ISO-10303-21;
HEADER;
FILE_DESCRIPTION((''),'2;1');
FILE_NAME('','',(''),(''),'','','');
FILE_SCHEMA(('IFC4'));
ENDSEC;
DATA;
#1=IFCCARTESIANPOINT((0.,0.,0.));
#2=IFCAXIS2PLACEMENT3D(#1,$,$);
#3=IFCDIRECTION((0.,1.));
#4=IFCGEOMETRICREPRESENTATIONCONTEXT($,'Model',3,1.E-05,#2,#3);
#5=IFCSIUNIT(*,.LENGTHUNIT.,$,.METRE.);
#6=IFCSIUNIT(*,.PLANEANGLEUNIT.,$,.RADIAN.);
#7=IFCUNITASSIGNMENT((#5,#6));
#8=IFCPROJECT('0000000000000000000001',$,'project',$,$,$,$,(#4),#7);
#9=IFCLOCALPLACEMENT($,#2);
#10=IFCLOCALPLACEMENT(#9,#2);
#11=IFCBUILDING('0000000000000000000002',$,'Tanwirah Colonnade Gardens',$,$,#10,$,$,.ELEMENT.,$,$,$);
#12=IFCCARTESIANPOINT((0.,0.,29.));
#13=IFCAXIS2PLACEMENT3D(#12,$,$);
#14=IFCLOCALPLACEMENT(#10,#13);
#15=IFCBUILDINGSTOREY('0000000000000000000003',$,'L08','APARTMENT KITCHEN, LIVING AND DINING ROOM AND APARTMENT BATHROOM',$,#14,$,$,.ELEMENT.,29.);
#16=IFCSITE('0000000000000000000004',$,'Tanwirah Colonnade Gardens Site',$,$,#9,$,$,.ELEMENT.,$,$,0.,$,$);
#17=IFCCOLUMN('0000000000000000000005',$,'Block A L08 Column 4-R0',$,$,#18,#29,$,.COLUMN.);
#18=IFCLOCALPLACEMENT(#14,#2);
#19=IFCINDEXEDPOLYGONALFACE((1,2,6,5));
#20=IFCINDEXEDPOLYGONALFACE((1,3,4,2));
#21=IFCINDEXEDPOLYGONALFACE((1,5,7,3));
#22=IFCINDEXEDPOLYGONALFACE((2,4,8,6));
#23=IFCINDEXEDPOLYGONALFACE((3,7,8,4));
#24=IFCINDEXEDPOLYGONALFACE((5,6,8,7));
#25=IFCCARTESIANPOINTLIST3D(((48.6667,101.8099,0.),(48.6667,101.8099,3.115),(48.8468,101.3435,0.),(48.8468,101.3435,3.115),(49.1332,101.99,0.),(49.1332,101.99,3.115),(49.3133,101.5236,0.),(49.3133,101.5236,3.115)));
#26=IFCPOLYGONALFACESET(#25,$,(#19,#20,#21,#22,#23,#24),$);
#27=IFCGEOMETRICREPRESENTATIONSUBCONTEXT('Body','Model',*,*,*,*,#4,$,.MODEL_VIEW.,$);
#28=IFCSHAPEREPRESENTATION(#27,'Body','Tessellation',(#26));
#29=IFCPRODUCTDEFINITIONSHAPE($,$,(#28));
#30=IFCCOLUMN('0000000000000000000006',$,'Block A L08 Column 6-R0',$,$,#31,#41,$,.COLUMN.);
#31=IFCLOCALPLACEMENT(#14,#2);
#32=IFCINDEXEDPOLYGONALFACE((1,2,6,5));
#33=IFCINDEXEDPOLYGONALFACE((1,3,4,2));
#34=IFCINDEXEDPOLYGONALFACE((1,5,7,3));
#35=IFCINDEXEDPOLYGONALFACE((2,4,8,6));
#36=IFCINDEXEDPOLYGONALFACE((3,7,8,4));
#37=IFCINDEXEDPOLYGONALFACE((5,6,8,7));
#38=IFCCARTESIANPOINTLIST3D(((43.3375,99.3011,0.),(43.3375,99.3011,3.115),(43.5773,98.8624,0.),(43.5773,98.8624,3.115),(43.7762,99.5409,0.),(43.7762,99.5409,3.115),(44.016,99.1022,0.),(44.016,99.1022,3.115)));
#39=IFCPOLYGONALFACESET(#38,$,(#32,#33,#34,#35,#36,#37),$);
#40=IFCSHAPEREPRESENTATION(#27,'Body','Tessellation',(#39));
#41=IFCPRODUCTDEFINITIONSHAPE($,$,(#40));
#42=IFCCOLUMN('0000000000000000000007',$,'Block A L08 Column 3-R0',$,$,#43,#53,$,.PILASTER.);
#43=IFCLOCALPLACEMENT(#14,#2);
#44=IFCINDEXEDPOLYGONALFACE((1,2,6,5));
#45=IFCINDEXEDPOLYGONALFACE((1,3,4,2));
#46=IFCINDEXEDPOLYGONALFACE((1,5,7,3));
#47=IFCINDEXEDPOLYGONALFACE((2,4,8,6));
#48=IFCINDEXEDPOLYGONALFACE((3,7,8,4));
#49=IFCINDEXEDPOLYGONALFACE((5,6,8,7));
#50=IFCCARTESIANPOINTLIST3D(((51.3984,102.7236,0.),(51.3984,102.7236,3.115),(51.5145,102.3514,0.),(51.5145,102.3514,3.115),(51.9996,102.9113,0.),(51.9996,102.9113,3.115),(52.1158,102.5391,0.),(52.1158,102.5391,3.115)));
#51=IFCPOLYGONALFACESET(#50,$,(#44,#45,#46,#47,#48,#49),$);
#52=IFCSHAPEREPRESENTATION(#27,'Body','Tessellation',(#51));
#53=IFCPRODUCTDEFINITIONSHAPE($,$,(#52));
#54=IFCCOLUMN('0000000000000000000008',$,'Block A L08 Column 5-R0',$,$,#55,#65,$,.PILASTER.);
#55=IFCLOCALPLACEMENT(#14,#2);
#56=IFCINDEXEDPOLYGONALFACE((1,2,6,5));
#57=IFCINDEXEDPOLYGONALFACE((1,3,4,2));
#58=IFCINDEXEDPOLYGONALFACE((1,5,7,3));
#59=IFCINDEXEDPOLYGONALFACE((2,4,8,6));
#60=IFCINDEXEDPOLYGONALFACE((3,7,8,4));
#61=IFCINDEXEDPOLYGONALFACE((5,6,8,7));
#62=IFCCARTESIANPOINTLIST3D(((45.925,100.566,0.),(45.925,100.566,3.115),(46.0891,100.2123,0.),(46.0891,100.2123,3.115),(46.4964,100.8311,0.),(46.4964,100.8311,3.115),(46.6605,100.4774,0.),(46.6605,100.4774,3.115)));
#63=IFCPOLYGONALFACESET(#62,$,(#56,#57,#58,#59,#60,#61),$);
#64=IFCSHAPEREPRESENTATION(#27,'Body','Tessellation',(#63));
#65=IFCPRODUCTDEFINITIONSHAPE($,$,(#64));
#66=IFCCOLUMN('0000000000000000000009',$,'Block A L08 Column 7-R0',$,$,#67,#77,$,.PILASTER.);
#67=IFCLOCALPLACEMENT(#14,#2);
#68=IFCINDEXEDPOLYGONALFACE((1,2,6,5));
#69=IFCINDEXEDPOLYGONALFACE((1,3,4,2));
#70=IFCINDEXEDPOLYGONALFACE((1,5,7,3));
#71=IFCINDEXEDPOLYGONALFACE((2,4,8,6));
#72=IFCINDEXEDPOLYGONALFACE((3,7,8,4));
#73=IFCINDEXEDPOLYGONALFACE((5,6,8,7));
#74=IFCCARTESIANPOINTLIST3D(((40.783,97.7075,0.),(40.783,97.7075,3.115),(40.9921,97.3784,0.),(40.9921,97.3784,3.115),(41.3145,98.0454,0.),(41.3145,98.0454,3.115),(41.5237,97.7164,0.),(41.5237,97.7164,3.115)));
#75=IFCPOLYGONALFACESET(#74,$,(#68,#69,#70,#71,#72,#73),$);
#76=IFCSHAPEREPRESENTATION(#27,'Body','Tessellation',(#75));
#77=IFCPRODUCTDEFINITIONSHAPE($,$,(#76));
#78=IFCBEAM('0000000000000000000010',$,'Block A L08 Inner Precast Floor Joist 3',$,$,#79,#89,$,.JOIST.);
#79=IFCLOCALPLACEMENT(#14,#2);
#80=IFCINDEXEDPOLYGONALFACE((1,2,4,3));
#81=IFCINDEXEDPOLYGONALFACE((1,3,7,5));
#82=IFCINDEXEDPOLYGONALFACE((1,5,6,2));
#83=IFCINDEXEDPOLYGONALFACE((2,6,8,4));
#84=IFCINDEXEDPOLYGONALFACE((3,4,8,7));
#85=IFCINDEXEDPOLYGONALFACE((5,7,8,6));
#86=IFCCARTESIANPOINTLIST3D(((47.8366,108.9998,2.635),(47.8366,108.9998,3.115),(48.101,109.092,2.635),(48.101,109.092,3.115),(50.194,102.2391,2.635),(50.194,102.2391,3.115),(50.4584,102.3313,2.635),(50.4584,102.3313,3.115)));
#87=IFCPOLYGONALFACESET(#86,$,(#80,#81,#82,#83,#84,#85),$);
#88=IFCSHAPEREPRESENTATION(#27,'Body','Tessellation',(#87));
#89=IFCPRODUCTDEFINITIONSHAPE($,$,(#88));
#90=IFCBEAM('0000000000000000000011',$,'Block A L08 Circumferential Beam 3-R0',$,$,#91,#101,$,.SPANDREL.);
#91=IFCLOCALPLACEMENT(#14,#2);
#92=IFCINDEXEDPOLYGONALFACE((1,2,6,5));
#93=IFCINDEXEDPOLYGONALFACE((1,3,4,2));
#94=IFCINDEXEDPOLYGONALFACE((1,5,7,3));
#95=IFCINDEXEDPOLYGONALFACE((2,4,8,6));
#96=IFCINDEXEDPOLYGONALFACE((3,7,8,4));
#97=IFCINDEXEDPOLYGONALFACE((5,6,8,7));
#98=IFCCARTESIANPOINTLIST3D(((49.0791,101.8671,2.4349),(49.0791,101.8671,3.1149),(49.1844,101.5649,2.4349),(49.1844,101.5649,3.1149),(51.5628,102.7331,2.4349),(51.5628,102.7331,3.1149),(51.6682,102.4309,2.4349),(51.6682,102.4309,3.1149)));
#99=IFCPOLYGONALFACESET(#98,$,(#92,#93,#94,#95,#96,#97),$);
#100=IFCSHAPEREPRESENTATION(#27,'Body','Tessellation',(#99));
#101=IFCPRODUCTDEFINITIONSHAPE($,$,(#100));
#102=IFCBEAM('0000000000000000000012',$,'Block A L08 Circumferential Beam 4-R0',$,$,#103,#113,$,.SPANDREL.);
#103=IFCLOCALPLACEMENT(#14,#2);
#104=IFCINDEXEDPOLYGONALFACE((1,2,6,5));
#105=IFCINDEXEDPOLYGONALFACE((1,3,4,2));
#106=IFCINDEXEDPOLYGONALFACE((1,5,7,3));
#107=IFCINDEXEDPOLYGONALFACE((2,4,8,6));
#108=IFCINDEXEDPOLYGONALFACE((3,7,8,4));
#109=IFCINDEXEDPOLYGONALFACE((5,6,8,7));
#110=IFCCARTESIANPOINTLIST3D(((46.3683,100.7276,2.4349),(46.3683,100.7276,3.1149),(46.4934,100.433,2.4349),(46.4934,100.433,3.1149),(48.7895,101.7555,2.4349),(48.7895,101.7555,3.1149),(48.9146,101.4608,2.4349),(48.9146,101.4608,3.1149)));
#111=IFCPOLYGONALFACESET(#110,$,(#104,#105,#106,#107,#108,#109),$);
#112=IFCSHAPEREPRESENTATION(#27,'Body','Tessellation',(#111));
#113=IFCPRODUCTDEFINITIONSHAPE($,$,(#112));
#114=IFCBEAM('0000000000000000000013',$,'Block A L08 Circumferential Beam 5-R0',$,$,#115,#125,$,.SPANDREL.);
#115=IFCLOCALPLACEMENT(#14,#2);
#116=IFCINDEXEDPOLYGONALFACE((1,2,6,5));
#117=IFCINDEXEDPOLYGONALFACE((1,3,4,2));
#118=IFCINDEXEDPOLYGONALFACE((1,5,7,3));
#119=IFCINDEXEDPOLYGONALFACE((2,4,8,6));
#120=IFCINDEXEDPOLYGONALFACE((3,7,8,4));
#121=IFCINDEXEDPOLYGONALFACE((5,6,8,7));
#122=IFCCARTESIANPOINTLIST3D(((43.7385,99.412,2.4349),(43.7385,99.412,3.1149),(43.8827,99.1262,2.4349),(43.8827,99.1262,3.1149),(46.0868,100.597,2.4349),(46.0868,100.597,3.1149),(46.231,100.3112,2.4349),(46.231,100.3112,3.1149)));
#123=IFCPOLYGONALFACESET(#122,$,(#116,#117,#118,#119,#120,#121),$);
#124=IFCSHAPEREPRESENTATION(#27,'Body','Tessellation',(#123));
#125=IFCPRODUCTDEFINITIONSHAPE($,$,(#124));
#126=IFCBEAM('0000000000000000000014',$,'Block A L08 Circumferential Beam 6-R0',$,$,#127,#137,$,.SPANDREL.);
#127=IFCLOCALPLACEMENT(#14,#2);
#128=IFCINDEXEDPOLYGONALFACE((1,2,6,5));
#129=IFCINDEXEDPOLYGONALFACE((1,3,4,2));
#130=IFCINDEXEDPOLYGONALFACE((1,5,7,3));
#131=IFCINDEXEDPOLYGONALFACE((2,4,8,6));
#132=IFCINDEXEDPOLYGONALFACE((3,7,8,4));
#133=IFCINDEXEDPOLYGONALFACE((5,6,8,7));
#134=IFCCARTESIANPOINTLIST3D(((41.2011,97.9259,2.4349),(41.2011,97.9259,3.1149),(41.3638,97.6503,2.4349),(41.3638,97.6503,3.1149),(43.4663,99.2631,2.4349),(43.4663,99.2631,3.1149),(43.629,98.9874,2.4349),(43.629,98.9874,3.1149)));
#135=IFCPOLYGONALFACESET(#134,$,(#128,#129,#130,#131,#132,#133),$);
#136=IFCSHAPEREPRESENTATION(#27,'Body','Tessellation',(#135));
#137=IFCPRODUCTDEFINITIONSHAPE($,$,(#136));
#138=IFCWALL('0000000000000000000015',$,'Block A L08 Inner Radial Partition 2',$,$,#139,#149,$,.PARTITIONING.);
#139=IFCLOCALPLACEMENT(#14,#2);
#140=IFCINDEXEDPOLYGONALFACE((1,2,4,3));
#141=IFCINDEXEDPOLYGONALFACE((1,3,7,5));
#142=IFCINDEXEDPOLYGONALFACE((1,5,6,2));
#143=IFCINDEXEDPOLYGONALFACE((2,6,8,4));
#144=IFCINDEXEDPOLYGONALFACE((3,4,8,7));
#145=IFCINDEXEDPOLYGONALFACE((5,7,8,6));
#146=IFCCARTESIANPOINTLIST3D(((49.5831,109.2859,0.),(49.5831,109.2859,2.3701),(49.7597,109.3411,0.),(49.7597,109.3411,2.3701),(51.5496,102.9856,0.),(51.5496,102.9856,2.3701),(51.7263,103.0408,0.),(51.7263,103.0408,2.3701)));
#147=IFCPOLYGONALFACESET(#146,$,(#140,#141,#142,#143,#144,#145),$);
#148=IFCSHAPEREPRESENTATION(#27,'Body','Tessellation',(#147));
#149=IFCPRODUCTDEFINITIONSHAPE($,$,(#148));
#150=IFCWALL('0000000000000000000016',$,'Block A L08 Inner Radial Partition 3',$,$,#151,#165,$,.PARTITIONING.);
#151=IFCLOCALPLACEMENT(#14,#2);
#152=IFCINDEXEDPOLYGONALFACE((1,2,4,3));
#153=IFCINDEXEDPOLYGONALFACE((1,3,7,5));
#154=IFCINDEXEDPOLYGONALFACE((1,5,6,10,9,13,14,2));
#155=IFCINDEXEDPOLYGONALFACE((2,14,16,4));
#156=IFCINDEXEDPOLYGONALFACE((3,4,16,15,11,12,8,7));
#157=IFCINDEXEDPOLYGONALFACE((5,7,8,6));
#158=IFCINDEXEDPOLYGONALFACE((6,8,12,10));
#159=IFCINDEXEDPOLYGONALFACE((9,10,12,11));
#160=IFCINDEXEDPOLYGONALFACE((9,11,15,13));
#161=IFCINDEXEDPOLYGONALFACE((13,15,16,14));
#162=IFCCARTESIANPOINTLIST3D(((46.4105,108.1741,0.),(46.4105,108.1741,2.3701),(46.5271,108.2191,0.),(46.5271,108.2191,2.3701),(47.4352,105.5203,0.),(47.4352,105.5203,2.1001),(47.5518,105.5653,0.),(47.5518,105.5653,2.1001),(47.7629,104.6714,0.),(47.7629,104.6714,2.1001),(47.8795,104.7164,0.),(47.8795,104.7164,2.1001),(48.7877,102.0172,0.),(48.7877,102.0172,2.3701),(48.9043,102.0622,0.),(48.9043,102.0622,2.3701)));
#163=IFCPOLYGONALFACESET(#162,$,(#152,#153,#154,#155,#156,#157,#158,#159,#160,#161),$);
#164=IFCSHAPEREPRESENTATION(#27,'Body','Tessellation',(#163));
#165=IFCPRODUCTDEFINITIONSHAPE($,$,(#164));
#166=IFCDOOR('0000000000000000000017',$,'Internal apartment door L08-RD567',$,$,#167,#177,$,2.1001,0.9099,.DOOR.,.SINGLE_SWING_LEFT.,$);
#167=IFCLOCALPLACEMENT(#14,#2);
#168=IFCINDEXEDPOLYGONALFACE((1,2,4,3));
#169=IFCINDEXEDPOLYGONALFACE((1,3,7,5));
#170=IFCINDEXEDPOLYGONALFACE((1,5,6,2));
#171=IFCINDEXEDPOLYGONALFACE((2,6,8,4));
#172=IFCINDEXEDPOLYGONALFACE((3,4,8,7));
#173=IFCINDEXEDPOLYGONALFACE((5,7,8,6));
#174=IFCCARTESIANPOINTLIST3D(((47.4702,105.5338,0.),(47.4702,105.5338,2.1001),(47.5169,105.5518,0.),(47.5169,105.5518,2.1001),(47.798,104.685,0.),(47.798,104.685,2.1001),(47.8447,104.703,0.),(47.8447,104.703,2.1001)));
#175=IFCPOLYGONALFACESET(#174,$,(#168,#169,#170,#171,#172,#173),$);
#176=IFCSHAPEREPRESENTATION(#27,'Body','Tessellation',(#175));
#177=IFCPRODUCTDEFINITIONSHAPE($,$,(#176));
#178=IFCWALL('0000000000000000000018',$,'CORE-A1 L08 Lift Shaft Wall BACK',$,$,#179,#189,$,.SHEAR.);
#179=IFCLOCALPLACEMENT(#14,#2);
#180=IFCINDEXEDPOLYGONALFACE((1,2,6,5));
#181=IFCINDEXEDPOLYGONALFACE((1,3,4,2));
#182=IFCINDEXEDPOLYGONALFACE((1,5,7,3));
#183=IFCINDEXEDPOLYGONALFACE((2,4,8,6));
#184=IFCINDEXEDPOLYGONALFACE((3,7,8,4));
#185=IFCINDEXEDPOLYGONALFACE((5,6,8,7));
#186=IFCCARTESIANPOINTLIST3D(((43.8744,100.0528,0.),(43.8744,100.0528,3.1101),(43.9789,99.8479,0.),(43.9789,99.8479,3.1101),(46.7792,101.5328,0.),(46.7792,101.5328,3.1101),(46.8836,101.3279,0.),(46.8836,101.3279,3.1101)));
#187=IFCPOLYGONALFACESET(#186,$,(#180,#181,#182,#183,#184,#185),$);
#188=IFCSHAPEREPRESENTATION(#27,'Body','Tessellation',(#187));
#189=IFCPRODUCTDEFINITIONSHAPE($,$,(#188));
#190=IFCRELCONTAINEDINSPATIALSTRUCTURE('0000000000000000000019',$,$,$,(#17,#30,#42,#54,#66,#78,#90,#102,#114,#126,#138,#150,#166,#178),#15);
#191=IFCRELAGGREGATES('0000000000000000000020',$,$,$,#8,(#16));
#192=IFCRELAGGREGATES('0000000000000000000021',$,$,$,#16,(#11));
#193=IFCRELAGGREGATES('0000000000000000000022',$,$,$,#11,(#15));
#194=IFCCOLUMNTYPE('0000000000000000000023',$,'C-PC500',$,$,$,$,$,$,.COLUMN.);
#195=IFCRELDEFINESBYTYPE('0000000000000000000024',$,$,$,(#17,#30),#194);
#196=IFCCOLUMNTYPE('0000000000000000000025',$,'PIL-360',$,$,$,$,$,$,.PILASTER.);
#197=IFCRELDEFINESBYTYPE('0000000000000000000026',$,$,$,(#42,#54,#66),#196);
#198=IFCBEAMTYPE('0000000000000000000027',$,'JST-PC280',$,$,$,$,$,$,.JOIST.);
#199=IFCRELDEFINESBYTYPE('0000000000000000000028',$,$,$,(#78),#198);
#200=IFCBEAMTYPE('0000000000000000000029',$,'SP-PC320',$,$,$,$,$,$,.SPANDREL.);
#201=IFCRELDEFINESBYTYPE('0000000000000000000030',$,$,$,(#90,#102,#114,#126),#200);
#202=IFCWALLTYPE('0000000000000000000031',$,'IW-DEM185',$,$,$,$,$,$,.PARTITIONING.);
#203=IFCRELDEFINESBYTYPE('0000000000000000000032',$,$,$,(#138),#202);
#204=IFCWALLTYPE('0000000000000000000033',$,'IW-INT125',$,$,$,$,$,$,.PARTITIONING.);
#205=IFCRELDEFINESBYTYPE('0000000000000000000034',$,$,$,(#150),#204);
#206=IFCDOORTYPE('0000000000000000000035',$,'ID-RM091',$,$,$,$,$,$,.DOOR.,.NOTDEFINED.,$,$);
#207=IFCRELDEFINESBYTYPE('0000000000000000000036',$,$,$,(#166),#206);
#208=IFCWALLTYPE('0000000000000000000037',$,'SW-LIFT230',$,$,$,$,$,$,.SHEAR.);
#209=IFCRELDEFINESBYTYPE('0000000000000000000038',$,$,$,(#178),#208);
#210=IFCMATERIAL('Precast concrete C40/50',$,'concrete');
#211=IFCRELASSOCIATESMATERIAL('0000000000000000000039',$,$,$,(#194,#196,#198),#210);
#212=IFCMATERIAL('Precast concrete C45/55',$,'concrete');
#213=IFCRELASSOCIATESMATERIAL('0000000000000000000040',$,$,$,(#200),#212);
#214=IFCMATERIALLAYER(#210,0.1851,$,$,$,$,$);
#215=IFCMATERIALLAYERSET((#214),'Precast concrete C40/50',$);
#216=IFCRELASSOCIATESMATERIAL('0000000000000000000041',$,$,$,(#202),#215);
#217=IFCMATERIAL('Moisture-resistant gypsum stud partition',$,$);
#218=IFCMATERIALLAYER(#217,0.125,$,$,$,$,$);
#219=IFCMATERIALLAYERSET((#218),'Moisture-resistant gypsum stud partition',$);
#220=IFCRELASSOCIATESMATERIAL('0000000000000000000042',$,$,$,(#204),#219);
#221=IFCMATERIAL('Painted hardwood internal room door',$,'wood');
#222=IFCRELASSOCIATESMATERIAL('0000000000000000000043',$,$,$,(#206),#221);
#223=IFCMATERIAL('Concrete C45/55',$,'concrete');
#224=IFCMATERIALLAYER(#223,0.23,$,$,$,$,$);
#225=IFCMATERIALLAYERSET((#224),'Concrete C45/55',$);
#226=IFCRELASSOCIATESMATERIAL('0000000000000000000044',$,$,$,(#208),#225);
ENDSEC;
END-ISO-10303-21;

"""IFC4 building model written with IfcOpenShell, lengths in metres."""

from ifc_helpers import new_model, si_unit, direction, frame, frame_2d, origin, origin_2d, place, context, subcontext, project, spatial, rectangle, extrude, material, layer, layer_set, material_profile, profile_set, type_object, element, fill, save


model = new_model("IFC4")

# Units and contexts
model_context = context("Model", 3, precision=1e-05, world=origin(), true_north=direction((0.0, 1.0)))
body_context = subcontext(model_context, "Body", "Model", "MODEL_VIEW")
ifc_project = project(units=[si_unit("LENGTHUNIT", "METRE"), si_unit("PLANEANGLEUNIT", "RADIAN")], contexts=[model_context])

# Site, building, storey
site_placement = place(None, origin())
site = spatial("IfcSite", under=ifc_project, at=site_placement, Name="Tanwirah Colonnade Gardens Site", CompositionType="ELEMENT", RefElevation=0.0)
building_placement = place(site_placement, origin())
building = spatial("IfcBuilding", under=site, at=building_placement, Name="Tanwirah Colonnade Gardens", CompositionType="ELEMENT")
storey_placement = place(building_placement, frame((0.0, 0.0, 29.0)))
storey = spatial("IfcBuildingStorey", under=building, at=storey_placement, Name="L08", Description="APARTMENT KITCHEN, LIVING AND DINING ROOM AND APARTMENT BATHROOM", CompositionType="ELEMENT", Elevation=29.0)

# Columns
ifc_material_1 = material(Name="Precast concrete C40/50", Category="concrete")
ifc_material_profile_1 = material_profile(ifc_material_1, rectangle(XDim=0.5, YDim=0.5, at=origin_2d()), Name="PC-COL 500x500")
ifc_profile_set_1 = profile_set([ifc_material_profile_1], Name="Precast concrete C40/50")
column_type_1 = type_object("IfcColumnType", Name="C-PC500", PredefinedType="COLUMN", material=ifc_profile_set_1)
for number, where, z_axis, x_axis, name in (
    (1, (48.99, 101.6667, 0.0), (0.0, 0.0, 1.0), (-0.360178, 0.932884, 0.0), "Block A L08 Column 4-R0"),
    (2, (43.6768, 99.2017, 0.0), (0.0, 0.0, 1.0), (-0.479713, 0.877425, 0.0), "Block A L08 Column 6-R0"),
):
    element("IfcColumn", number, at=place(storey_placement, frame(where, z_axis=z_axis, x_axis=x_axis)), inside=storey, type_object=column_type_1, Name=name, PredefinedType="COLUMN", context=body_context, shape_type="SweptSolid", body=[
        extrude(rectangle(XDim=0.5, YDim=0.5, at=origin_2d()), origin(), (0.0, 0.0, 1.0), 3.115),
    ])
ifc_material_profile_2 = material_profile(ifc_material_1, rectangle(XDim=0.3899, YDim=0.6299, at=origin_2d()), Name="PC-PIL 390x630")
ifc_profile_set_2 = profile_set([ifc_material_profile_2], Name="Precast concrete C40/50")
column_type_2 = type_object("IfcColumnType", Name="PIL-360", PredefinedType="PILASTER", material=ifc_profile_set_2)
for number, where, z_axis, x_axis, name in (
    (3, (51.7571, 102.6313, 0.0), (0.0, 0.0, 1.0), (-0.29793, 0.954588, 0.0), "Block A L08 Column 3-R0"),
    (4, (46.2927, 100.5217, 0.0), (0.0, 0.0, 1.0), (-0.42086, 0.907126, 0.0), "Block A L08 Column 5-R0"),
    (5, (41.1533, 97.7119, 0.0), (0.0, 0.0, 1.0), (-0.536482, 0.843912, 0.0), "Block A L08 Column 7-R0"),
):
    element("IfcColumn", number, at=place(storey_placement, frame(where, z_axis=z_axis, x_axis=x_axis)), inside=storey, type_object=column_type_2, Name=name, PredefinedType="PILASTER", context=body_context, shape_type="SweptSolid", body=[
        extrude(rectangle(XDim=0.3899, YDim=0.6299, at=origin_2d()), origin(), (0.0, 0.0, 1.0), 3.115),
    ])

# Beams
ifc_material_profile_3 = material_profile(ifc_material_1, rectangle(XDim=0.28, YDim=0.48, at=origin_2d()), Name="PC-JST 280x480")
ifc_profile_set_3 = profile_set([ifc_material_profile_3], Name="Precast concrete C40/50")
beam_type_1 = type_object("IfcBeamType", Name="JST-PC280", PredefinedType="JOIST", material=ifc_profile_set_3)
beam_placement = place(storey_placement, frame((50.3262, 102.2852, 2.875), z_axis=(-0.329251, 0.944243, 0.0), x_axis=(-0.944243, -0.329251, 0.0)))
element("IfcBeam", 6, at=beam_placement, inside=storey, type_object=beam_type_1, Name="Block A L08 Inner Precast Floor Joist 3", PredefinedType="JOIST", context=body_context, shape_type="SweptSolid", body=[
    extrude(rectangle(XDim=0.28, YDim=0.48, at=origin_2d()), origin(), (0.0, 0.0, 1.0), 7.1599),
])
ifc_material_2 = material(Name="Precast concrete C45/55", Category="concrete")
ifc_material_profile_4 = material_profile(ifc_material_2, rectangle(XDim=0.3201, YDim=0.6799, at=origin_2d()), Name="PC-SP 320x680")
ifc_profile_set_4 = profile_set([ifc_material_profile_4], Name="Precast concrete C45/55")
beam_type_2 = type_object("IfcBeamType", Name="SP-PC320", PredefinedType="SPANDREL", material=ifc_profile_set_4)
for number, where, z_axis, x_axis, name in (
    (7, (51.6155, 102.582, 2.7749), (-0.94425, -0.32923, 0.0), (0.32923, -0.94425, 0.0), "Block A L08 Circumferential Beam 3-R0"),
    (8, (48.8521, 101.6082, 2.7749), (-0.920489, -0.390769, 0.0), (0.390769, -0.920489, 0.0), "Block A L08 Circumferential Beam 4-R0"),
    (9, (46.1589, 100.4541, 2.7749), (-0.892769, -0.450515, 0.0), (0.450515, -0.892769, 0.0), "Block A L08 Circumferential Beam 5-R0"),
    (10, (43.5476, 99.1252, 2.7749), (-0.861148, -0.508354, 0.0), (0.508354, -0.861148, 0.0), "Block A L08 Circumferential Beam 6-R0"),
):
    element("IfcBeam", number, at=place(storey_placement, frame(where, z_axis=z_axis, x_axis=x_axis)), inside=storey, type_object=beam_type_2, Name=name, PredefinedType="SPANDREL", context=body_context, shape_type="SweptSolid", body=[
        extrude(rectangle(XDim=0.3201, YDim=0.6799, at=origin_2d()), origin(), (0.0, 0.0, 1.0), 2.6304),
    ])

# Wall
ifc_layer_1 = layer(ifc_material_1, 0.1851)
ifc_layer_set_1 = layer_set([ifc_layer_1], Name="Precast concrete C40/50")
wall_type_1 = type_object("IfcWallType", Name="IW-DEM185", PredefinedType="PARTITIONING", material=ifc_layer_set_1)
wall_1_placement = place(storey_placement, frame((51.6379, 103.0132, 0.0), z_axis=(0.0, 0.0, 1.0), x_axis=(-0.297959, 0.954579, 0.0)))
element("IfcWall", 11, at=wall_1_placement, inside=storey, type_object=wall_type_1, Name="Block A L08 Inner Radial Partition 2", PredefinedType="PARTITIONING", context=body_context, shape_type="SweptSolid", body=[
    extrude(rectangle(XDim=6.6001, YDim=0.1851, at=frame_2d((3.3, 0.0))), origin(), (0.0, 0.0, 1.0), 2.3701),
])

# Wall, opening, door
ifc_material_3 = material(Name="Moisture-resistant gypsum stud partition")
ifc_layer_2 = layer(ifc_material_3, 0.125)
ifc_layer_set_2 = layer_set([ifc_layer_2], Name="Moisture-resistant gypsum stud partition")
wall_type_2 = type_object("IfcWallType", Name="IW-INT125", PredefinedType="PARTITIONING", material=ifc_layer_set_2)
wall_2_placement = place(storey_placement, frame((48.8459, 102.0398, 0.0), z_axis=(0.0, 0.0, 1.0), x_axis=(-0.360183, 0.932881, 0.0)))
wall_2 = element("IfcWall", 12, at=wall_2_placement, inside=storey, type_object=wall_type_2, Name="Block A L08 Inner Radial Partition 3", PredefinedType="PARTITIONING", context=body_context, shape_type="SweptSolid", body=[
    extrude(rectangle(XDim=6.5999, YDim=0.125, at=frame_2d((3.2998, 0.0))), origin(), (0.0, 0.0, 1.0), 2.3701),
])
opening_1_placement = place(wall_2_placement, frame((2.845, 0.0, 0.0)))
opening_1 = element("IfcOpeningElement", 13, at=opening_1_placement, cuts=wall_2, PredefinedType="OPENING", context=body_context, shape_type="SweptSolid", body=[
    extrude(rectangle(XDim=0.9099, YDim=2.1001, at=frame_2d((0.4551, 1.05))), frame((0.0, 0.0725, 0.0), z_axis=(0.0, -1.0, 0.0), x_axis=(1.0, 0.0, 0.0)), (0.0, 0.0, 1.0), 0.145),
])
ifc_material_4 = material(Name="Painted hardwood internal room door", Category="wood")
door_type_1 = type_object("IfcDoorType", Name="ID-RM091", OperationType="NOTDEFINED", PredefinedType="DOOR", material=ifc_material_4)
door_1_placement = place(opening_1_placement, origin())
door_1 = element("IfcDoor", 14, at=door_1_placement, inside=storey, type_object=door_type_1, Name="Internal apartment door L08-RD567", OperationType="SINGLE_SWING_LEFT", OverallHeight=2.1001, OverallWidth=0.9099, PredefinedType="DOOR", context=body_context, shape_type="SweptSolid", body=[
    extrude(rectangle(XDim=0.9099, YDim=2.1001, at=frame_2d((0.4551, 1.05))), frame((0.0, 0.0249, 0.0), z_axis=(0.0, -1.0, 0.0), x_axis=(1.0, 0.0, 0.0)), (0.0, 0.0, 1.0), 0.05),
])
fill(opening_1, door_1)
ifc_material_5 = material(Name="Concrete C45/55", Category="concrete")
ifc_layer_3 = layer(ifc_material_5, 0.23)
ifc_layer_set_3 = layer_set([ifc_layer_3], Name="Concrete C45/55")
wall_type_3 = type_object("IfcWallType", Name="SW-LIFT230", PredefinedType="SHEAR", material=ifc_layer_set_3)

# Wall
wall_3_placement = place(storey_placement, frame((43.9268, 99.9504, 0.0), z_axis=(0.0, 0.0, 1.0), x_axis=(0.891017, 0.453971, 0.0)))
element("IfcWall", 15, at=wall_3_placement, inside=storey, type_object=wall_type_3, Name="CORE-A1 L08 Lift Shaft Wall BACK", PredefinedType="SHEAR", context=body_context, shape_type="SweptSolid", body=[
    extrude(rectangle(XDim=3.26, YDim=0.23, at=frame_2d((1.6299, 0.0))), origin(), (0.0, 0.0, 1.0), 3.1101),
])

save(model, "model.ifc")
